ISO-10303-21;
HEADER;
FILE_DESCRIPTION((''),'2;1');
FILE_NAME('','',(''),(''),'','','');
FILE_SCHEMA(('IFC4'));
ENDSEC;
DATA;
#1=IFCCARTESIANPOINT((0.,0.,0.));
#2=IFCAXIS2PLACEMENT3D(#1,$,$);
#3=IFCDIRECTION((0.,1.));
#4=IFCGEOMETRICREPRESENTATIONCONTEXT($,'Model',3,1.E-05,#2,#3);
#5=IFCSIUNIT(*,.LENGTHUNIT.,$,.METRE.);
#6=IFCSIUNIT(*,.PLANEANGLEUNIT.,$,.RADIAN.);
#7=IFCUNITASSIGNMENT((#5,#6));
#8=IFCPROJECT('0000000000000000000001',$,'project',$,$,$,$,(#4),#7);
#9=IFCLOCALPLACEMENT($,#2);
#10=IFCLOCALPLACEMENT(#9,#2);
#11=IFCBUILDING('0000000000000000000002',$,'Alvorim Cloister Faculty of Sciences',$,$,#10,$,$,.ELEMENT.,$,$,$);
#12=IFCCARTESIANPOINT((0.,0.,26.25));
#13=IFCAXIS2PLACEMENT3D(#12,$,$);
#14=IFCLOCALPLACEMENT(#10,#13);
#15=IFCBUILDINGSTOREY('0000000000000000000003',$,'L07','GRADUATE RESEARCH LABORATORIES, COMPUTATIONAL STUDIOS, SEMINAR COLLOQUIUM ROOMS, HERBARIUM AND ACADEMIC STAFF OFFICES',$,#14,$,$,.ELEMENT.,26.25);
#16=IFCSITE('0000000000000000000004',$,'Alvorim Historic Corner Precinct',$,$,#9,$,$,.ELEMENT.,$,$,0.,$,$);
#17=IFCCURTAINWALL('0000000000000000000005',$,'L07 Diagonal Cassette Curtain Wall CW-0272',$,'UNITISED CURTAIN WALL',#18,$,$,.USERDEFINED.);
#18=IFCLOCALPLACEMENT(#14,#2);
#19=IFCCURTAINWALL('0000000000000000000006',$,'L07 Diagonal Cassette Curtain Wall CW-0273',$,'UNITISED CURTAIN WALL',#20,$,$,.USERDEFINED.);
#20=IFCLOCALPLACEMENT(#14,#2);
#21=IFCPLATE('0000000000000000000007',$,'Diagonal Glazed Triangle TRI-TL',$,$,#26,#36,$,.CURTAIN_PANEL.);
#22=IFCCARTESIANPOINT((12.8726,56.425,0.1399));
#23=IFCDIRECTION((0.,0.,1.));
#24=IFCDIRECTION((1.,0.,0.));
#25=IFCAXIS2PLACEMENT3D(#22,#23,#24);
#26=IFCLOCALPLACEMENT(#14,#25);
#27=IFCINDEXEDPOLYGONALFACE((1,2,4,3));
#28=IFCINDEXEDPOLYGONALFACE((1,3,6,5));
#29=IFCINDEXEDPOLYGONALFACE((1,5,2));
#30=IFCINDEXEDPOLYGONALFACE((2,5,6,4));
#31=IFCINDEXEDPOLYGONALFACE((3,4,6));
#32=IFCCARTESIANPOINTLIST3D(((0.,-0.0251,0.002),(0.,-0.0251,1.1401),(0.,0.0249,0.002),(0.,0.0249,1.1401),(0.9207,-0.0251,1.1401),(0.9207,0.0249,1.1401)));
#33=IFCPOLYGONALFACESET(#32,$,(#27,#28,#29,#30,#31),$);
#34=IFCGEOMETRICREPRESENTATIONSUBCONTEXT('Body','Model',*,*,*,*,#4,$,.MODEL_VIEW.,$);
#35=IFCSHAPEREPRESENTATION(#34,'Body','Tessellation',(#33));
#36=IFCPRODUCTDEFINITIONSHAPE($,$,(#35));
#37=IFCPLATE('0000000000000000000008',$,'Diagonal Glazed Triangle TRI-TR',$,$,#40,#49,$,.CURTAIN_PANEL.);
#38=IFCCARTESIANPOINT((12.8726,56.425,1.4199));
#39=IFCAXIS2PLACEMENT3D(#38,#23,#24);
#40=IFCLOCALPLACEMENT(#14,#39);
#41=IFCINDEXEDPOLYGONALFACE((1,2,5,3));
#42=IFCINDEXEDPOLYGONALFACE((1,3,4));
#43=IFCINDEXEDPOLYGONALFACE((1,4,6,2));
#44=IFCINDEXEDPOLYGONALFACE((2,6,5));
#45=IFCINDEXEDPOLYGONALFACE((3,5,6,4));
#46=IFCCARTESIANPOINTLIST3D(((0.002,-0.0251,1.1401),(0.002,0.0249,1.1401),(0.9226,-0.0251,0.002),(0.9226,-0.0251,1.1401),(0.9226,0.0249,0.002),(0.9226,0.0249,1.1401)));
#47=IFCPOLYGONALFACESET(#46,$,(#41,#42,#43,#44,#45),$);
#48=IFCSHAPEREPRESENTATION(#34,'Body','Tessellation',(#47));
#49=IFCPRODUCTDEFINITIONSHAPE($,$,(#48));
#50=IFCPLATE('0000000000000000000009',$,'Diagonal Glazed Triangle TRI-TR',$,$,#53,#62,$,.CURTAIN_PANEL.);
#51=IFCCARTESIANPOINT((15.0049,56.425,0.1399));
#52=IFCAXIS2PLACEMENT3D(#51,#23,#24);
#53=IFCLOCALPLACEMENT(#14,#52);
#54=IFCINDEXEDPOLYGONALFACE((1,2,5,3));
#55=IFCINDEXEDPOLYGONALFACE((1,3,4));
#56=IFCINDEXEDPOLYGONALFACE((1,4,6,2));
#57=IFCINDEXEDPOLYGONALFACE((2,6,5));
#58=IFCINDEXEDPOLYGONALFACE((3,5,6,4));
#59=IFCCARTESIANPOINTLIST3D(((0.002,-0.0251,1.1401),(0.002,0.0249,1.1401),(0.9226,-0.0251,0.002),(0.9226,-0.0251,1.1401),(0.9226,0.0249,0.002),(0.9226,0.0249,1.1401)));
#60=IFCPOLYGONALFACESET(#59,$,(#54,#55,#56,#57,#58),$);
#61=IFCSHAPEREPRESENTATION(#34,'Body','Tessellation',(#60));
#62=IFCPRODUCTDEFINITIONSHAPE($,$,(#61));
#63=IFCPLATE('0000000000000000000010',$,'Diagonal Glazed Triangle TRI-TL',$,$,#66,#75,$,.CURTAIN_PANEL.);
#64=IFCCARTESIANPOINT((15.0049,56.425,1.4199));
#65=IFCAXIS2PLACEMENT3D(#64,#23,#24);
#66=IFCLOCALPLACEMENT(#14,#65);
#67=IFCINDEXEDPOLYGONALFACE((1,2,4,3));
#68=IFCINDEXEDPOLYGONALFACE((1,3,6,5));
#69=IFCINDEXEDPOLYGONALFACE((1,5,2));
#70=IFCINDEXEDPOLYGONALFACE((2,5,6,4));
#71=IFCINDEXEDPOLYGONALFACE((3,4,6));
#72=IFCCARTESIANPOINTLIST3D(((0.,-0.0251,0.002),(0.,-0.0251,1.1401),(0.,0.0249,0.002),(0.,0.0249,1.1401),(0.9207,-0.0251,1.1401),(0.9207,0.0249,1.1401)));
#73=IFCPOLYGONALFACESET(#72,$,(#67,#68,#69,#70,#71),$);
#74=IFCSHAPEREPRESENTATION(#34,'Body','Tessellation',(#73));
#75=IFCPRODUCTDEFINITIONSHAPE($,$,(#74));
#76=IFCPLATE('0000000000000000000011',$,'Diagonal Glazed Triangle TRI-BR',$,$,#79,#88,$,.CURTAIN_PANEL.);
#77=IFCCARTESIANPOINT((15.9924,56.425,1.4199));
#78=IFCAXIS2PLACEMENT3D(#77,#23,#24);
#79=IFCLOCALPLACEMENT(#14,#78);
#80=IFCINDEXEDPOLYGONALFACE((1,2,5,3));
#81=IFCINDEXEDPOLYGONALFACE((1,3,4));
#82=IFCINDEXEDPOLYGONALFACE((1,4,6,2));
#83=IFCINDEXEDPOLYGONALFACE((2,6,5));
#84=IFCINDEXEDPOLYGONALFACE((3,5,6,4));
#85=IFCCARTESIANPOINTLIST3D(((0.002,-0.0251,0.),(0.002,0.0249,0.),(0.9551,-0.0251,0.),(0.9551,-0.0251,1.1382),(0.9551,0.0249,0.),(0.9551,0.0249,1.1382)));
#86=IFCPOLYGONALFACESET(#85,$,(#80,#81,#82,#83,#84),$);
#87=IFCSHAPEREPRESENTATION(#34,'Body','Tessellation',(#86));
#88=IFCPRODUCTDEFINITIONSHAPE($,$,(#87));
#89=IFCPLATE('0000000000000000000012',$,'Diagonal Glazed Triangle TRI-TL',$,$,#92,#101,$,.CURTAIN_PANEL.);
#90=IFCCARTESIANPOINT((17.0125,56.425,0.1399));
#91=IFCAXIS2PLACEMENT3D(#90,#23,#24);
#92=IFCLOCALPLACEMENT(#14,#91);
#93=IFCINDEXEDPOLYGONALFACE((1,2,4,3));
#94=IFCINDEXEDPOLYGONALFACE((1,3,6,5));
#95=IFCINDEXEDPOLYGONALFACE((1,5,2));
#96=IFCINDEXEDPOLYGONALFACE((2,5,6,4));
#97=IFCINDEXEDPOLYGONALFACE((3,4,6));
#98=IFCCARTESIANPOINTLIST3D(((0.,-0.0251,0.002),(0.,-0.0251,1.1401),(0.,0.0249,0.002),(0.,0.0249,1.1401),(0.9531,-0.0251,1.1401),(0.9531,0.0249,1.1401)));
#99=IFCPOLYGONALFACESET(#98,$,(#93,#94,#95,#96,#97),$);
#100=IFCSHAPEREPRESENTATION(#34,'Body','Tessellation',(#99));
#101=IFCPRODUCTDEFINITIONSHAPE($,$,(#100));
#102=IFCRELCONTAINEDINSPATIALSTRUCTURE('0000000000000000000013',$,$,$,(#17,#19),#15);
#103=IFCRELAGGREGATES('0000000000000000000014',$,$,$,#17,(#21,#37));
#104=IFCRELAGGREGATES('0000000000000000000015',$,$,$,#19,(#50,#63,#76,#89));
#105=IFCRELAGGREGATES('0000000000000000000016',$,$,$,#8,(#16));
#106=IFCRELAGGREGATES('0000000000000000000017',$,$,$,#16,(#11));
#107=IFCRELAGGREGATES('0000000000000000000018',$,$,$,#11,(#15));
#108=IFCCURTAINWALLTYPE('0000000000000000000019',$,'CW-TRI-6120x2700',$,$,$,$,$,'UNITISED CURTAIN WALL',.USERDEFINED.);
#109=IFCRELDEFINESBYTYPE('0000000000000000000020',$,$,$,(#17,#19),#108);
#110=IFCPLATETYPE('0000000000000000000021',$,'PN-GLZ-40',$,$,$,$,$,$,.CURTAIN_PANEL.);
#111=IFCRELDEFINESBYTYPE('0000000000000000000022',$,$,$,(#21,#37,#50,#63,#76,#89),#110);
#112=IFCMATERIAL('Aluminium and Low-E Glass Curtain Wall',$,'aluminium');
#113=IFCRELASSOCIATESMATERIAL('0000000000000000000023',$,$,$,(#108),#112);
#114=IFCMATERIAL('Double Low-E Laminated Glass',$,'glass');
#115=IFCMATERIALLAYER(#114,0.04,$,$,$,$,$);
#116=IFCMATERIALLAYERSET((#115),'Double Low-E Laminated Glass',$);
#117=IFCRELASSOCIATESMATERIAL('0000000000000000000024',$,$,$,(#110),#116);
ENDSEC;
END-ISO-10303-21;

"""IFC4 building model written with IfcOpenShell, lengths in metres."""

from ifc_helpers import new_model, si_unit, direction, frame, origin, place, context, subcontext, project, spatial, polyline, outline, extrude, material, layer, layer_set, type_object, element, aggregate, save


model = new_model("IFC4")

# Units and contexts
model_context = context("Model", 3, precision=1e-05, world=origin(), true_north=direction((0.0, 1.0)))
body_context = subcontext(model_context, "Body", "Model", "MODEL_VIEW")
ifc_project = project(units=[si_unit("LENGTHUNIT", "METRE"), si_unit("PLANEANGLEUNIT", "RADIAN")], contexts=[model_context])

# Site, building, storey
site_placement = place(None, origin())
site = spatial("IfcSite", under=ifc_project, at=site_placement, Name="Alvorim Historic Corner Precinct", CompositionType="ELEMENT", RefElevation=0.0)
building_placement = place(site_placement, origin())
building = spatial("IfcBuilding", under=site, at=building_placement, Name="Alvorim Cloister Faculty of Sciences", CompositionType="ELEMENT")
storey_placement = place(building_placement, frame((0.0, 0.0, 26.25)))
storey = spatial("IfcBuildingStorey", under=building, at=storey_placement, Name="L07", Description="GRADUATE RESEARCH LABORATORIES, COMPUTATIONAL STUDIOS, SEMINAR COLLOQUIUM ROOMS, HERBARIUM AND ACADEMIC STAFF OFFICES", CompositionType="ELEMENT", Elevation=26.25)

# Curtain wall
ifc_material_1 = material(Name="Aluminium and Low-E Glass Curtain Wall", Category="aluminium")
curtain_wall_type = type_object("IfcCurtainWallType", Name="CW-TRI-6120x2700", ElementType="UNITISED CURTAIN WALL", PredefinedType="USERDEFINED", material=ifc_material_1)
curtain_wall_1_placement = place(storey_placement, origin())
curtain_wall_1 = element("IfcCurtainWall", 1, at=curtain_wall_1_placement, inside=storey, type_object=curtain_wall_type, Name="L07 Diagonal Cassette Curtain Wall CW-0272", ObjectType="UNITISED CURTAIN WALL", PredefinedType="USERDEFINED")

# Curtain wall
curtain_wall_2_placement = place(storey_placement, origin())
curtain_wall_2 = element("IfcCurtainWall", 2, at=curtain_wall_2_placement, inside=storey, type_object=curtain_wall_type, Name="L07 Diagonal Cassette Curtain Wall CW-0273", ObjectType="UNITISED CURTAIN WALL", PredefinedType="USERDEFINED")

# Plates
ifc_material_2 = material(Name="Double Low-E Laminated Glass", Category="glass")
ifc_layer_1 = layer(ifc_material_2, 0.04)
ifc_layer_set_1 = layer_set([ifc_layer_1], Name="Double Low-E Laminated Glass")
plate_type = type_object("IfcPlateType", Name="PN-GLZ-40", PredefinedType="CURTAIN_PANEL", material=ifc_layer_set_1)
plate_1_placement = place(storey_placement, frame((12.8726, 56.425, 0.1399), z_axis=(0.0, 0.0, 1.0), x_axis=(1.0, 0.0, 0.0)))
plate_1 = element("IfcPlate", 3, at=plate_1_placement, type_object=plate_type, Name="Diagonal Glazed Triangle TRI-TL", PredefinedType="CURTAIN_PANEL", context=body_context, shape_type="SweptSolid", body=[
    extrude(outline(polyline([(0.9207, 1.1401), (0.0, 1.1401), (0.0, 0.002), (0.9207, 1.1401)])), frame((0.0, 0.0249, 0.0), z_axis=(0.0, -1.0, 0.0), x_axis=(1.0, 0.0, 0.0)), (0.0, 0.0, 1.0), 0.05),
])
plate_2_placement = place(storey_placement, frame((12.8726, 56.425, 1.4199), z_axis=(0.0, 0.0, 1.0), x_axis=(1.0, 0.0, 0.0)))
plate_2 = element("IfcPlate", 4, at=plate_2_placement, type_object=plate_type, Name="Diagonal Glazed Triangle TRI-TR", PredefinedType="CURTAIN_PANEL", context=body_context, shape_type="SweptSolid", body=[
    extrude(outline(polyline([(0.9226, 0.002), (0.9226, 1.1401), (0.002, 1.1401), (0.9226, 0.002)])), frame((0.0, 0.0249, 0.0), z_axis=(0.0, -1.0, 0.0), x_axis=(1.0, 0.0, 0.0)), (0.0, 0.0, 1.0), 0.05),
])
aggregate(curtain_wall_1, [plate_1, plate_2])
plate_3_placement = place(storey_placement, frame((15.0049, 56.425, 0.1399), z_axis=(0.0, 0.0, 1.0), x_axis=(1.0, 0.0, 0.0)))
plate_3 = element("IfcPlate", 5, at=plate_3_placement, type_object=plate_type, Name="Diagonal Glazed Triangle TRI-TR", PredefinedType="CURTAIN_PANEL", context=body_context, shape_type="SweptSolid", body=[
    extrude(outline(polyline([(0.9226, 0.002), (0.9226, 1.1401), (0.002, 1.1401), (0.9226, 0.002)])), frame((0.0, 0.0249, 0.0), z_axis=(0.0, -1.0, 0.0), x_axis=(1.0, 0.0, 0.0)), (0.0, 0.0, 1.0), 0.05),
])
plate_4_placement = place(storey_placement, frame((15.0049, 56.425, 1.4199), z_axis=(0.0, 0.0, 1.0), x_axis=(1.0, 0.0, 0.0)))
plate_4 = element("IfcPlate", 6, at=plate_4_placement, type_object=plate_type, Name="Diagonal Glazed Triangle TRI-TL", PredefinedType="CURTAIN_PANEL", context=body_context, shape_type="SweptSolid", body=[
    extrude(outline(polyline([(0.9207, 1.1401), (0.0, 1.1401), (0.0, 0.002), (0.9207, 1.1401)])), frame((0.0, 0.0249, 0.0), z_axis=(0.0, -1.0, 0.0), x_axis=(1.0, 0.0, 0.0)), (0.0, 0.0, 1.0), 0.05),
])
plate_5_placement = place(storey_placement, frame((15.9924, 56.425, 1.4199), z_axis=(0.0, 0.0, 1.0), x_axis=(1.0, 0.0, 0.0)))
plate_5 = element("IfcPlate", 7, at=plate_5_placement, type_object=plate_type, Name="Diagonal Glazed Triangle TRI-BR", PredefinedType="CURTAIN_PANEL", context=body_context, shape_type="SweptSolid", body=[
    extrude(outline(polyline([(0.002, 0.0), (0.9551, 0.0), (0.9551, 1.1382), (0.002, 0.0)])), frame((0.0, 0.0249, 0.0), z_axis=(0.0, -1.0, 0.0), x_axis=(1.0, 0.0, 0.0)), (0.0, 0.0, 1.0), 0.05),
])
plate_6_placement = place(storey_placement, frame((17.0125, 56.425, 0.1399), z_axis=(0.0, 0.0, 1.0), x_axis=(1.0, 0.0, 0.0)))
plate_6 = element("IfcPlate", 8, at=plate_6_placement, type_object=plate_type, Name="Diagonal Glazed Triangle TRI-TL", PredefinedType="CURTAIN_PANEL", context=body_context, shape_type="SweptSolid", body=[
    extrude(outline(polyline([(0.9531, 1.1401), (0.0, 1.1401), (0.0, 0.002), (0.9531, 1.1401)])), frame((0.0, 0.0249, 0.0), z_axis=(0.0, -1.0, 0.0), x_axis=(1.0, 0.0, 0.0)), (0.0, 0.0, 1.0), 0.05),
])
aggregate(curtain_wall_2, [plate_3, plate_4, plate_5, plate_6])

save(model, "model.ifc")
